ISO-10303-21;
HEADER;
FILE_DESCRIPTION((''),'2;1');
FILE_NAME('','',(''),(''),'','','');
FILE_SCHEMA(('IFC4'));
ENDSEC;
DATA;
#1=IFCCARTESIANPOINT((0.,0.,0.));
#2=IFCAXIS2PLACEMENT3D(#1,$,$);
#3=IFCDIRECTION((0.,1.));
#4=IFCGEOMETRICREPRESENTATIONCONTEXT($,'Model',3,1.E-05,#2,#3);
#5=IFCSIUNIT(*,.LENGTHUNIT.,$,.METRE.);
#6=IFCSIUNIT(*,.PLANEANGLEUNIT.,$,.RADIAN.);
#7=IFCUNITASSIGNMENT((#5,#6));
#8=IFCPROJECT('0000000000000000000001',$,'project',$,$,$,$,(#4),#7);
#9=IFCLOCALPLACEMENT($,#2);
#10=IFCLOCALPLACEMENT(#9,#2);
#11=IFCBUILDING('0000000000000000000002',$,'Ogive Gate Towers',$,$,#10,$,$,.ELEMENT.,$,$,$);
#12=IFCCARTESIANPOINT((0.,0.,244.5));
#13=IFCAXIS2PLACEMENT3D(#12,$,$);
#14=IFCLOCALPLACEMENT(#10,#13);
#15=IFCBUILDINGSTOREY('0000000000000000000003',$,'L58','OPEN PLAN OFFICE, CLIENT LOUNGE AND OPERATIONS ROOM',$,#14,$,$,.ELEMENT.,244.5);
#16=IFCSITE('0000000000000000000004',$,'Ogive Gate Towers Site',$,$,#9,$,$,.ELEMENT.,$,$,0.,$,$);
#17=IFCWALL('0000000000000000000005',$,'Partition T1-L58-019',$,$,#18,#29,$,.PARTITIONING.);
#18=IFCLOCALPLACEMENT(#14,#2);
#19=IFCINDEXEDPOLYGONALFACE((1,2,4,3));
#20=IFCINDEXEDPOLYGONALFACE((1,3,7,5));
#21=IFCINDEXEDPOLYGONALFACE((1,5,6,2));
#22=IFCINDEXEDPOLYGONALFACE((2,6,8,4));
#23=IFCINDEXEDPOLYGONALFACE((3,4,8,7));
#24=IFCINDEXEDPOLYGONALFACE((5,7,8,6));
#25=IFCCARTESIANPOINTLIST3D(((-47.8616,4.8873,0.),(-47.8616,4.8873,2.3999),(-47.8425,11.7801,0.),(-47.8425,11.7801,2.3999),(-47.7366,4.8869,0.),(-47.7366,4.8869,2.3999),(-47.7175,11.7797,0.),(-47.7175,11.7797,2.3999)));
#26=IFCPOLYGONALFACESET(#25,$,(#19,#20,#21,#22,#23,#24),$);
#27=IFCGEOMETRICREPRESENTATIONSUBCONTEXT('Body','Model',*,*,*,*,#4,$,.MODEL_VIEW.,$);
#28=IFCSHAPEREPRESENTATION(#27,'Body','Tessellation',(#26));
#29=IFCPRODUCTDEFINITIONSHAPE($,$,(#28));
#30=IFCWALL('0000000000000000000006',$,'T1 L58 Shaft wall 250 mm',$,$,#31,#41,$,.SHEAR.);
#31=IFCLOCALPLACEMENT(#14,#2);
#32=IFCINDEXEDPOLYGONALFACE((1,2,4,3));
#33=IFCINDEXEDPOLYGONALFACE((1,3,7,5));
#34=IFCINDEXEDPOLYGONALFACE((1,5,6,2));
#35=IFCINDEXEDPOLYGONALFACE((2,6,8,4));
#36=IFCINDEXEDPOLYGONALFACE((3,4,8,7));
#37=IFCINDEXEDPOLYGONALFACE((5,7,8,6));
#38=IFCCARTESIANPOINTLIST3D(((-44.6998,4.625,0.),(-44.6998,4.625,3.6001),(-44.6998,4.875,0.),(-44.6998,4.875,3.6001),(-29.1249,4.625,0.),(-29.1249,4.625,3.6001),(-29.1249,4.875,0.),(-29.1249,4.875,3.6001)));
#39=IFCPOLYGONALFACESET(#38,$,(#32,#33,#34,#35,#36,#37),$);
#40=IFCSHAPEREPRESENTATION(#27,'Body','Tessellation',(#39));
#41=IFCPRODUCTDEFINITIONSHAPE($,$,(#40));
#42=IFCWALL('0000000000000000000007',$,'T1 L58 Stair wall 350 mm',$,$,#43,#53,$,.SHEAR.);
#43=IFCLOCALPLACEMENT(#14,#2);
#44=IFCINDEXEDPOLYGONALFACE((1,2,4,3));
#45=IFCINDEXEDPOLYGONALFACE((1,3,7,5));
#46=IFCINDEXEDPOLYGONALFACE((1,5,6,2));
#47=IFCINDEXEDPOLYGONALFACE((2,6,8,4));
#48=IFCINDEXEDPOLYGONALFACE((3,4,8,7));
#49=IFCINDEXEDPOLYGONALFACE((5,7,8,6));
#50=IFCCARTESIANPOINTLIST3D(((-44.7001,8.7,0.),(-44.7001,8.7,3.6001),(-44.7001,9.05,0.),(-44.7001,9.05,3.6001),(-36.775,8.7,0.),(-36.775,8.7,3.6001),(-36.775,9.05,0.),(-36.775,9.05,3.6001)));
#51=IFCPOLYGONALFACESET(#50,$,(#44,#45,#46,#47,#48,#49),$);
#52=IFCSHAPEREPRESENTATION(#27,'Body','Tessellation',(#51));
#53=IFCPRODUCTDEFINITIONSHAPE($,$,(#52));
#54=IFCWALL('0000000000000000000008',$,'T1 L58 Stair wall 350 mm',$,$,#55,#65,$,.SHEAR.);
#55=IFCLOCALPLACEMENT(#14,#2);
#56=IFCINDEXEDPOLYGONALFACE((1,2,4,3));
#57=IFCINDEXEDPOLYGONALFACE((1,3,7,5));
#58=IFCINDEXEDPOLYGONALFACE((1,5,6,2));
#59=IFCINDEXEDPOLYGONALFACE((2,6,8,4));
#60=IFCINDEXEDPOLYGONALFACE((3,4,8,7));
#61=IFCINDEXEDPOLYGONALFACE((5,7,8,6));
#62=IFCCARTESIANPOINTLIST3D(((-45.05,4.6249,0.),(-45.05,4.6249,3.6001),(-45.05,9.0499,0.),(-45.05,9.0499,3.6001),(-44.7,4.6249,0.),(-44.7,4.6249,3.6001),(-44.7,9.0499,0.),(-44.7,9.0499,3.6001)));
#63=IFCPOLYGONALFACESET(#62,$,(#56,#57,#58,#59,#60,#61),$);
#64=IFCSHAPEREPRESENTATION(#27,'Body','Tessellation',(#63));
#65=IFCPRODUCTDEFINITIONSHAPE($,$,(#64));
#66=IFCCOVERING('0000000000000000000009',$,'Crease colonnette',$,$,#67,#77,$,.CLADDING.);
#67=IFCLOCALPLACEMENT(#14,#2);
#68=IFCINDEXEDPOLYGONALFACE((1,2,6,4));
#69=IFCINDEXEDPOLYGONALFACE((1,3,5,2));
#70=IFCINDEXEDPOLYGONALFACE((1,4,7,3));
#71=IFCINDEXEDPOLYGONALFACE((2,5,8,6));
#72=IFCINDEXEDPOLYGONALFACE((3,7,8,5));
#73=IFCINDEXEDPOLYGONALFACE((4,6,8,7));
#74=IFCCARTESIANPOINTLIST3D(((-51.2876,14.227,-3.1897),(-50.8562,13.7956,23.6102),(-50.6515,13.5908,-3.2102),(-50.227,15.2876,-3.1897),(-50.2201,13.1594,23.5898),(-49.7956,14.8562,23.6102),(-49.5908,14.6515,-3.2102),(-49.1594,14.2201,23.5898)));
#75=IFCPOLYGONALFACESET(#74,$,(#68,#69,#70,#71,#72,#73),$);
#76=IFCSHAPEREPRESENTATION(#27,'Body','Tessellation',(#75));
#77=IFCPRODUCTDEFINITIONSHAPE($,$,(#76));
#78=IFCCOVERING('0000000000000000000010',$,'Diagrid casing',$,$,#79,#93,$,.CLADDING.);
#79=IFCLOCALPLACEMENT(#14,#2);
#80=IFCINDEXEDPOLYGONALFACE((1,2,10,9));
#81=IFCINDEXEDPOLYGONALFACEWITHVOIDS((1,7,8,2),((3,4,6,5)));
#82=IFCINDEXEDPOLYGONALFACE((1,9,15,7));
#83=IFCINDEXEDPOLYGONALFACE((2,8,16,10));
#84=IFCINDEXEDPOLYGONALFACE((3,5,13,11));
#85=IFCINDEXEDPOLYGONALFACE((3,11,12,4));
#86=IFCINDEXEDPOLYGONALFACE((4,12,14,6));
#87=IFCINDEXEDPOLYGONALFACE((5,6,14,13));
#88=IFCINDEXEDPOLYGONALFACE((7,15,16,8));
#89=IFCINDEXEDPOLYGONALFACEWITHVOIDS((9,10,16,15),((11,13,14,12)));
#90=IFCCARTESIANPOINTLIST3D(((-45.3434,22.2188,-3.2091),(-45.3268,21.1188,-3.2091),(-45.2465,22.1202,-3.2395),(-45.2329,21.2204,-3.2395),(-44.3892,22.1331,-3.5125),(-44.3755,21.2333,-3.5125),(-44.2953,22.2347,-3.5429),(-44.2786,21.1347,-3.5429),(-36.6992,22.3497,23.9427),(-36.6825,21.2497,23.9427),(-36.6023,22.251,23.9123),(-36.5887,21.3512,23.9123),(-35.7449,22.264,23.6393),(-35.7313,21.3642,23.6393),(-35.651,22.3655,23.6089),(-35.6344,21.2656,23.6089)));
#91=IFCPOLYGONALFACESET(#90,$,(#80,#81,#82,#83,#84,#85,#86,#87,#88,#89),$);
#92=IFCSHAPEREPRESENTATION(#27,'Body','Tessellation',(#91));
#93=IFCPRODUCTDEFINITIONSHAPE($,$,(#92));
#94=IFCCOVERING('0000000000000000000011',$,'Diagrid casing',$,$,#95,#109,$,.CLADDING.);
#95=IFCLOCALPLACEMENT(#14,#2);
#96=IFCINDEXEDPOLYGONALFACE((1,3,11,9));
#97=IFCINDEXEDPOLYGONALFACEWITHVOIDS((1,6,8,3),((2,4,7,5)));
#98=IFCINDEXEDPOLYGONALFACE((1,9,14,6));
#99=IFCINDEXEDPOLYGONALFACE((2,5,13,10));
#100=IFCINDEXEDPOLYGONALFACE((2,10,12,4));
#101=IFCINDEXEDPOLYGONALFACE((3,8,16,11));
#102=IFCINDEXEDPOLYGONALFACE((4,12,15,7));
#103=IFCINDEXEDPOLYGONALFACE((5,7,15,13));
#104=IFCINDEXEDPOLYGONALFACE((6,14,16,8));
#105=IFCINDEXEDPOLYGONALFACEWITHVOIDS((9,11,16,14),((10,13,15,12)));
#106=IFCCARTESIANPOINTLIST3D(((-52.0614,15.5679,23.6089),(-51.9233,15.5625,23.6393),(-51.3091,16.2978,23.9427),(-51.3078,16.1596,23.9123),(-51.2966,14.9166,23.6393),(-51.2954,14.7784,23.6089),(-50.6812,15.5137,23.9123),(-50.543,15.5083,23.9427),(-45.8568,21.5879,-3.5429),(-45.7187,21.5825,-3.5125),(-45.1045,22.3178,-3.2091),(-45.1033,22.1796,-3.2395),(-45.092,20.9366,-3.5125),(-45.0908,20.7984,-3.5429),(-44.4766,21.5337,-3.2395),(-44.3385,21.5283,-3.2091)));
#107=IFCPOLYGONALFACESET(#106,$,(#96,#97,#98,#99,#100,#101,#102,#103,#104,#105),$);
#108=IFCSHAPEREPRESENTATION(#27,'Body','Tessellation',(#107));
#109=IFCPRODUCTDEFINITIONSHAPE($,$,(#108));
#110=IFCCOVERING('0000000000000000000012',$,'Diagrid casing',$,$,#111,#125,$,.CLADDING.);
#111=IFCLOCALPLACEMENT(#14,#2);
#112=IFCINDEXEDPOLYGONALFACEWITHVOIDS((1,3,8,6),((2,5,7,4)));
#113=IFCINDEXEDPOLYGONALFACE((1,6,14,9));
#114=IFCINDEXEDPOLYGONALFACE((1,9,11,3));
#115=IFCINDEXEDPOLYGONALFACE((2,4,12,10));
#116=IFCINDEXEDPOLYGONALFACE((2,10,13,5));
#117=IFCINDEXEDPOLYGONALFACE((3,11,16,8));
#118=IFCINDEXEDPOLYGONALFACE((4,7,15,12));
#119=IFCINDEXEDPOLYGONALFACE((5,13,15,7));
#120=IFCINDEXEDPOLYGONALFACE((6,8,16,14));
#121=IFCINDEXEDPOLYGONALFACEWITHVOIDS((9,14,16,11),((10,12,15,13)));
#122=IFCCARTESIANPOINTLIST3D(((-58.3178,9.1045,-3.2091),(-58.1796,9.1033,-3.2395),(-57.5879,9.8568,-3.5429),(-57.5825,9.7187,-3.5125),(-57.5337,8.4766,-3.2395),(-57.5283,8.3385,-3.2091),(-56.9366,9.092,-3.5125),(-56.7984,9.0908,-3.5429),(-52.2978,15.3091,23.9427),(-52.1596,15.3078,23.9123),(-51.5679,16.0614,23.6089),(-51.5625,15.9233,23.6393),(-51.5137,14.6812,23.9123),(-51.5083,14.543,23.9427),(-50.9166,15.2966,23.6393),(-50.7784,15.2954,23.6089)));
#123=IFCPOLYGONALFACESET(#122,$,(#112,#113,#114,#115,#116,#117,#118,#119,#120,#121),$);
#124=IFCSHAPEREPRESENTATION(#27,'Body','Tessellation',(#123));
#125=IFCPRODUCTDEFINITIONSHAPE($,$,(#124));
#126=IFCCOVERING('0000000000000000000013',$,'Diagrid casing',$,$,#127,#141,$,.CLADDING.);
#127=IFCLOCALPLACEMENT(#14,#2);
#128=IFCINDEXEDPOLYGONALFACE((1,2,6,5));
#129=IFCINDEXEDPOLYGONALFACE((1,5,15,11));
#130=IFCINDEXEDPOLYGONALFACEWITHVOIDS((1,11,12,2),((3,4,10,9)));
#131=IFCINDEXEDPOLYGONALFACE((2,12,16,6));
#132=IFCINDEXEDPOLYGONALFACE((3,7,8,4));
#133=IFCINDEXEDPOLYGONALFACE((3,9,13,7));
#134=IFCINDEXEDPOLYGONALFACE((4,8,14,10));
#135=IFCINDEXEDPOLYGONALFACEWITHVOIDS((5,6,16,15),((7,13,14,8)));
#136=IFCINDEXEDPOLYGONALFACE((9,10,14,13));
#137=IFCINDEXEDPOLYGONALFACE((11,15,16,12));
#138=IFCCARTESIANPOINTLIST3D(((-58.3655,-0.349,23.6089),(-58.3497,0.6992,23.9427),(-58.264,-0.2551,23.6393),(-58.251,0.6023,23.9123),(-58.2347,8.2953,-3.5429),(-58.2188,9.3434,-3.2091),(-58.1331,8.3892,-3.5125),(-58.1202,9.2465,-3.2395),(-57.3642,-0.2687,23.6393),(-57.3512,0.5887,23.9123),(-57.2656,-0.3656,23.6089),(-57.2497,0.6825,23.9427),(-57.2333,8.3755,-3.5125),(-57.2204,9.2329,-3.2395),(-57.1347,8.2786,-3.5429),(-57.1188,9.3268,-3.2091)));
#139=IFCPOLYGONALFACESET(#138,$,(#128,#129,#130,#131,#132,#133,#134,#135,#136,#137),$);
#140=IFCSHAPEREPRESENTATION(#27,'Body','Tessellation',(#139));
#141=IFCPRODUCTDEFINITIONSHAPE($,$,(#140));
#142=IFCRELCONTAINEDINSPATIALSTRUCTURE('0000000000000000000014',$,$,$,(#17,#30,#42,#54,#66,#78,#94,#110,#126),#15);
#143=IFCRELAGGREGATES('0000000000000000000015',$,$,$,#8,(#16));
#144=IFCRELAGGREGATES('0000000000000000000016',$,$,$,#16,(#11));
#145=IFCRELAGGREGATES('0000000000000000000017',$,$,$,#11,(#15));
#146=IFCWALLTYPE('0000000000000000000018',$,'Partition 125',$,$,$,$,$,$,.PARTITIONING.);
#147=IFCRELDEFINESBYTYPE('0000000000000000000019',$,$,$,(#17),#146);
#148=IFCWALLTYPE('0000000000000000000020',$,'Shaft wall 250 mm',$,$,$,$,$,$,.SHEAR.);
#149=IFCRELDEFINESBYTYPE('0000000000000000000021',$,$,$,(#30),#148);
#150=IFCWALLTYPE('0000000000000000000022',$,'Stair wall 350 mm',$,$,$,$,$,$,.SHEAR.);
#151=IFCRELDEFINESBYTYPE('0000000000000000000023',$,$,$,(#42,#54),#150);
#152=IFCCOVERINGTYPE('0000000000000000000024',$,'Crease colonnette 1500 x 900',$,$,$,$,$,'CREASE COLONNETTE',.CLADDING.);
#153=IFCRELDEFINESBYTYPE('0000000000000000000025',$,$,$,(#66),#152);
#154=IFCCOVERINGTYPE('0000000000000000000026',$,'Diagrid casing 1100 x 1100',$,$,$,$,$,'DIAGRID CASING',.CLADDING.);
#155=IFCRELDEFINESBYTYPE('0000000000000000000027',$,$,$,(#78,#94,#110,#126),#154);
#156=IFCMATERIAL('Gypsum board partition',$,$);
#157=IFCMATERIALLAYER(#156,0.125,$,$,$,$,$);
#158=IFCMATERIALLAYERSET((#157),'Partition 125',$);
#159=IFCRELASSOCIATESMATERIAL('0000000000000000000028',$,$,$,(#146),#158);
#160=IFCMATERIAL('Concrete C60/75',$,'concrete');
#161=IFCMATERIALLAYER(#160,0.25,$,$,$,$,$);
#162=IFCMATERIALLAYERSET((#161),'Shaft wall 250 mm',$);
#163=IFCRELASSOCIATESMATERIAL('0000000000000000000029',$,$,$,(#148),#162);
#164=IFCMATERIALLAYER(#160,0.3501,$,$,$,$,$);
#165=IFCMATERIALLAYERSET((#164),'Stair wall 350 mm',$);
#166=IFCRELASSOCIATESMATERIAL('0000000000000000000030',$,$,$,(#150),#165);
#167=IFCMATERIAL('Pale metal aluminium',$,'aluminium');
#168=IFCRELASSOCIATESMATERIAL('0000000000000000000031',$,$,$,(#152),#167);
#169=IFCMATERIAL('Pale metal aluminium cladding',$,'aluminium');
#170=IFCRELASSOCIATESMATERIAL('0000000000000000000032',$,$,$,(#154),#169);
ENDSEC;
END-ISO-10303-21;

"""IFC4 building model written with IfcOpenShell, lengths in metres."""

from ifc_helpers import new_model, si_unit, direction, frame, frame_2d, origin, origin_2d, place, context, subcontext, project, spatial, rectangle, hollow_rectangle, extrude, material, layer, layer_set, material_profile, profile_set, type_object, element, save


model = new_model("IFC4")

# Units and contexts
model_context = context("Model", 3, precision=1e-05, world=origin(), true_north=direction((0.0, 1.0)))
body_context = subcontext(model_context, "Body", "Model", "MODEL_VIEW")
ifc_project = project(units=[si_unit("LENGTHUNIT", "METRE"), si_unit("PLANEANGLEUNIT", "RADIAN")], contexts=[model_context])

# Site, building, storey
site_placement = place(None, origin())
site = spatial("IfcSite", under=ifc_project, at=site_placement, Name="Ogive Gate Towers Site", CompositionType="ELEMENT", RefElevation=0.0)
building_placement = place(site_placement, origin())
building = spatial("IfcBuilding", under=site, at=building_placement, Name="Ogive Gate Towers", CompositionType="ELEMENT")
storey_placement = place(building_placement, frame((0.0, 0.0, 244.5)))
storey = spatial("IfcBuildingStorey", under=building, at=storey_placement, Name="L58", Description="OPEN PLAN OFFICE, CLIENT LOUNGE AND OPERATIONS ROOM", CompositionType="ELEMENT", Elevation=244.5)

# Shared definitions
ifc_material_1 = material(Name="Concrete C60/75", Category="concrete")

# Shared definitions
ifc_material_2 = material(Name="Gypsum board partition")
ifc_layer_1 = layer(ifc_material_2, 0.125)
ifc_layer_set_1 = layer_set([ifc_layer_1], Name="Partition 125")
wall_type_1 = type_object("IfcWallType", Name="Partition 125", PredefinedType="PARTITIONING", material=ifc_layer_set_1)

# Walls
wall_1_placement = place(storey_placement, frame((-47.7991, 4.8872, 0.0), z_axis=(0.0, 0.0, 1.0), x_axis=(0.002763, 0.999996, 0.0)))
element("IfcWall", 1, at=wall_1_placement, inside=storey, type_object=wall_type_1, Name="Partition T1-L58-019", PredefinedType="PARTITIONING", context=body_context, shape_type="SweptSolid", body=[
    extrude(rectangle(XDim=6.8928, YDim=0.125, at=frame_2d((3.4463, 0.0))), origin(), (0.0, 0.0, 1.0), 2.3999),
])
ifc_layer_2 = layer(ifc_material_1, 0.25)
ifc_layer_set_2 = layer_set([ifc_layer_2], Name="Shaft wall 250 mm")
wall_type_2 = type_object("IfcWallType", Name="Shaft wall 250 mm", PredefinedType="SHEAR", material=ifc_layer_set_2)
wall_2_placement = place(storey_placement, frame((-44.7, 4.75, 0.0), z_axis=(0.0, 0.0, 1.0), x_axis=(1.0, 0.0, 0.0)))
element("IfcWall", 2, at=wall_2_placement, inside=storey, type_object=wall_type_2, Name="T1 L58 Shaft wall 250 mm", PredefinedType="SHEAR", context=body_context, shape_type="SweptSolid", body=[
    extrude(rectangle(XDim=15.575, YDim=0.25, at=frame_2d((7.7876, 0.0))), origin(), (0.0, 0.0, 1.0), 3.6001),
])
ifc_layer_3 = layer(ifc_material_1, 0.3501)
ifc_layer_set_3 = layer_set([ifc_layer_3], Name="Stair wall 350 mm")
wall_type_3 = type_object("IfcWallType", Name="Stair wall 350 mm", PredefinedType="SHEAR", material=ifc_layer_set_3)
wall_3_placement = place(storey_placement, frame((-44.7, 8.875, 0.0), z_axis=(0.0, 0.0, 1.0), x_axis=(1.0, 0.0, 0.0)))
element("IfcWall", 3, at=wall_3_placement, inside=storey, type_object=wall_type_3, Name="T1 L58 Stair wall 350 mm", PredefinedType="SHEAR", context=body_context, shape_type="SweptSolid", body=[
    extrude(rectangle(XDim=7.925, YDim=0.3501, at=frame_2d((3.9624, 0.0))), origin(), (0.0, 0.0, 1.0), 3.6001),
])
wall_4_placement = place(storey_placement, frame((-44.875, 4.625, 0.0), z_axis=(0.0, 0.0, 1.0), x_axis=(0.0, 1.0, 0.0)))
element("IfcWall", 4, at=wall_4_placement, inside=storey, type_object=wall_type_3, Name="T1 L58 Stair wall 350 mm", PredefinedType="SHEAR", context=body_context, shape_type="SweptSolid", body=[
    extrude(rectangle(XDim=4.425, YDim=0.3501, at=frame_2d((2.2124, 0.0))), origin(), (0.0, 0.0, 1.0), 3.6001),
])

# Coverings
ifc_material_3 = material(Name="Pale metal aluminium", Category="aluminium")
ifc_material_profile_1 = material_profile(ifc_material_3, rectangle(XDim=1.5, YDim=0.8999, at=origin_2d()), Name="1500 x 900 pale metal aluminium")
ifc_profile_set_1 = profile_set([ifc_material_profile_1], Name="Pale metal aluminium")
covering_type_1 = type_object("IfcCoveringType", Name="Crease colonnette 1500 x 900", ElementType="CREASE COLONNETTE", PredefinedType="CLADDING", material=ifc_profile_set_1)
covering_placement = place(storey_placement, frame((-50.4392, 14.4392, -3.2), z_axis=(0.016093, -0.016093, 0.999741), x_axis=(0.707107, 0.707107, 0.0)))
element("IfcCovering", 5, at=covering_placement, inside=storey, type_object=covering_type_1, Name="Crease colonnette", PredefinedType="CLADDING", context=body_context, shape_type="SweptSolid", body=[
    extrude(rectangle(XDim=1.5, YDim=0.8999, at=origin_2d()), origin(), (0.0, 0.0, 1.0), 26.8069),
])
ifc_material_4 = material(Name="Pale metal aluminium cladding", Category="aluminium")
ifc_material_profile_2 = material_profile(ifc_material_4, hollow_rectangle(XDim=1.1001, YDim=1.1001, WallThickness=0.1001, at=origin_2d()), Name="1100 x 1100 pale metal casing")
ifc_profile_set_2 = profile_set([ifc_material_profile_2], Name="Pale metal aluminium cladding")
covering_type_2 = type_object("IfcCoveringType", Name="Diagrid casing 1100 x 1100", ElementType="DIAGRID CASING", PredefinedType="CLADDING", material=ifc_profile_set_2)
for number, where, z_axis, x_axis, name in (
    (6, (-44.811, 21.6768, -3.376), (0.303362, 0.004592, 0.952864), (-0.015137, 0.999885, 0.0), "Diagrid casing"),
    (7, (-45.0977, 21.5581, -3.376), (-0.217744, -0.211266, 0.952866), (0.696351, -0.717701, 0.0), "Diagrid casing"),
    (8, (-57.5581, 9.0977, -3.376), (0.211266, 0.217744, 0.952866), (-0.717701, 0.696351, 0.0), "Diagrid casing"),
    (9, (-57.6768, 8.811, -3.376), (-0.004592, -0.303362, 0.952864), (0.999885, -0.015137, 0.0), "Diagrid casing"),
):
    element("IfcCovering", number, at=place(storey_placement, frame(where, z_axis=z_axis, x_axis=x_axis)), inside=storey, type_object=covering_type_2, Name=name, PredefinedType="CLADDING", context=body_context, shape_type="SweptSolid", body=[
        extrude(hollow_rectangle(XDim=1.1001, YDim=1.1001, WallThickness=0.1001, at=origin_2d()), origin(), (0.0, 0.0, 1.0), 28.4949),
    ])

save(model, "model.ifc")
